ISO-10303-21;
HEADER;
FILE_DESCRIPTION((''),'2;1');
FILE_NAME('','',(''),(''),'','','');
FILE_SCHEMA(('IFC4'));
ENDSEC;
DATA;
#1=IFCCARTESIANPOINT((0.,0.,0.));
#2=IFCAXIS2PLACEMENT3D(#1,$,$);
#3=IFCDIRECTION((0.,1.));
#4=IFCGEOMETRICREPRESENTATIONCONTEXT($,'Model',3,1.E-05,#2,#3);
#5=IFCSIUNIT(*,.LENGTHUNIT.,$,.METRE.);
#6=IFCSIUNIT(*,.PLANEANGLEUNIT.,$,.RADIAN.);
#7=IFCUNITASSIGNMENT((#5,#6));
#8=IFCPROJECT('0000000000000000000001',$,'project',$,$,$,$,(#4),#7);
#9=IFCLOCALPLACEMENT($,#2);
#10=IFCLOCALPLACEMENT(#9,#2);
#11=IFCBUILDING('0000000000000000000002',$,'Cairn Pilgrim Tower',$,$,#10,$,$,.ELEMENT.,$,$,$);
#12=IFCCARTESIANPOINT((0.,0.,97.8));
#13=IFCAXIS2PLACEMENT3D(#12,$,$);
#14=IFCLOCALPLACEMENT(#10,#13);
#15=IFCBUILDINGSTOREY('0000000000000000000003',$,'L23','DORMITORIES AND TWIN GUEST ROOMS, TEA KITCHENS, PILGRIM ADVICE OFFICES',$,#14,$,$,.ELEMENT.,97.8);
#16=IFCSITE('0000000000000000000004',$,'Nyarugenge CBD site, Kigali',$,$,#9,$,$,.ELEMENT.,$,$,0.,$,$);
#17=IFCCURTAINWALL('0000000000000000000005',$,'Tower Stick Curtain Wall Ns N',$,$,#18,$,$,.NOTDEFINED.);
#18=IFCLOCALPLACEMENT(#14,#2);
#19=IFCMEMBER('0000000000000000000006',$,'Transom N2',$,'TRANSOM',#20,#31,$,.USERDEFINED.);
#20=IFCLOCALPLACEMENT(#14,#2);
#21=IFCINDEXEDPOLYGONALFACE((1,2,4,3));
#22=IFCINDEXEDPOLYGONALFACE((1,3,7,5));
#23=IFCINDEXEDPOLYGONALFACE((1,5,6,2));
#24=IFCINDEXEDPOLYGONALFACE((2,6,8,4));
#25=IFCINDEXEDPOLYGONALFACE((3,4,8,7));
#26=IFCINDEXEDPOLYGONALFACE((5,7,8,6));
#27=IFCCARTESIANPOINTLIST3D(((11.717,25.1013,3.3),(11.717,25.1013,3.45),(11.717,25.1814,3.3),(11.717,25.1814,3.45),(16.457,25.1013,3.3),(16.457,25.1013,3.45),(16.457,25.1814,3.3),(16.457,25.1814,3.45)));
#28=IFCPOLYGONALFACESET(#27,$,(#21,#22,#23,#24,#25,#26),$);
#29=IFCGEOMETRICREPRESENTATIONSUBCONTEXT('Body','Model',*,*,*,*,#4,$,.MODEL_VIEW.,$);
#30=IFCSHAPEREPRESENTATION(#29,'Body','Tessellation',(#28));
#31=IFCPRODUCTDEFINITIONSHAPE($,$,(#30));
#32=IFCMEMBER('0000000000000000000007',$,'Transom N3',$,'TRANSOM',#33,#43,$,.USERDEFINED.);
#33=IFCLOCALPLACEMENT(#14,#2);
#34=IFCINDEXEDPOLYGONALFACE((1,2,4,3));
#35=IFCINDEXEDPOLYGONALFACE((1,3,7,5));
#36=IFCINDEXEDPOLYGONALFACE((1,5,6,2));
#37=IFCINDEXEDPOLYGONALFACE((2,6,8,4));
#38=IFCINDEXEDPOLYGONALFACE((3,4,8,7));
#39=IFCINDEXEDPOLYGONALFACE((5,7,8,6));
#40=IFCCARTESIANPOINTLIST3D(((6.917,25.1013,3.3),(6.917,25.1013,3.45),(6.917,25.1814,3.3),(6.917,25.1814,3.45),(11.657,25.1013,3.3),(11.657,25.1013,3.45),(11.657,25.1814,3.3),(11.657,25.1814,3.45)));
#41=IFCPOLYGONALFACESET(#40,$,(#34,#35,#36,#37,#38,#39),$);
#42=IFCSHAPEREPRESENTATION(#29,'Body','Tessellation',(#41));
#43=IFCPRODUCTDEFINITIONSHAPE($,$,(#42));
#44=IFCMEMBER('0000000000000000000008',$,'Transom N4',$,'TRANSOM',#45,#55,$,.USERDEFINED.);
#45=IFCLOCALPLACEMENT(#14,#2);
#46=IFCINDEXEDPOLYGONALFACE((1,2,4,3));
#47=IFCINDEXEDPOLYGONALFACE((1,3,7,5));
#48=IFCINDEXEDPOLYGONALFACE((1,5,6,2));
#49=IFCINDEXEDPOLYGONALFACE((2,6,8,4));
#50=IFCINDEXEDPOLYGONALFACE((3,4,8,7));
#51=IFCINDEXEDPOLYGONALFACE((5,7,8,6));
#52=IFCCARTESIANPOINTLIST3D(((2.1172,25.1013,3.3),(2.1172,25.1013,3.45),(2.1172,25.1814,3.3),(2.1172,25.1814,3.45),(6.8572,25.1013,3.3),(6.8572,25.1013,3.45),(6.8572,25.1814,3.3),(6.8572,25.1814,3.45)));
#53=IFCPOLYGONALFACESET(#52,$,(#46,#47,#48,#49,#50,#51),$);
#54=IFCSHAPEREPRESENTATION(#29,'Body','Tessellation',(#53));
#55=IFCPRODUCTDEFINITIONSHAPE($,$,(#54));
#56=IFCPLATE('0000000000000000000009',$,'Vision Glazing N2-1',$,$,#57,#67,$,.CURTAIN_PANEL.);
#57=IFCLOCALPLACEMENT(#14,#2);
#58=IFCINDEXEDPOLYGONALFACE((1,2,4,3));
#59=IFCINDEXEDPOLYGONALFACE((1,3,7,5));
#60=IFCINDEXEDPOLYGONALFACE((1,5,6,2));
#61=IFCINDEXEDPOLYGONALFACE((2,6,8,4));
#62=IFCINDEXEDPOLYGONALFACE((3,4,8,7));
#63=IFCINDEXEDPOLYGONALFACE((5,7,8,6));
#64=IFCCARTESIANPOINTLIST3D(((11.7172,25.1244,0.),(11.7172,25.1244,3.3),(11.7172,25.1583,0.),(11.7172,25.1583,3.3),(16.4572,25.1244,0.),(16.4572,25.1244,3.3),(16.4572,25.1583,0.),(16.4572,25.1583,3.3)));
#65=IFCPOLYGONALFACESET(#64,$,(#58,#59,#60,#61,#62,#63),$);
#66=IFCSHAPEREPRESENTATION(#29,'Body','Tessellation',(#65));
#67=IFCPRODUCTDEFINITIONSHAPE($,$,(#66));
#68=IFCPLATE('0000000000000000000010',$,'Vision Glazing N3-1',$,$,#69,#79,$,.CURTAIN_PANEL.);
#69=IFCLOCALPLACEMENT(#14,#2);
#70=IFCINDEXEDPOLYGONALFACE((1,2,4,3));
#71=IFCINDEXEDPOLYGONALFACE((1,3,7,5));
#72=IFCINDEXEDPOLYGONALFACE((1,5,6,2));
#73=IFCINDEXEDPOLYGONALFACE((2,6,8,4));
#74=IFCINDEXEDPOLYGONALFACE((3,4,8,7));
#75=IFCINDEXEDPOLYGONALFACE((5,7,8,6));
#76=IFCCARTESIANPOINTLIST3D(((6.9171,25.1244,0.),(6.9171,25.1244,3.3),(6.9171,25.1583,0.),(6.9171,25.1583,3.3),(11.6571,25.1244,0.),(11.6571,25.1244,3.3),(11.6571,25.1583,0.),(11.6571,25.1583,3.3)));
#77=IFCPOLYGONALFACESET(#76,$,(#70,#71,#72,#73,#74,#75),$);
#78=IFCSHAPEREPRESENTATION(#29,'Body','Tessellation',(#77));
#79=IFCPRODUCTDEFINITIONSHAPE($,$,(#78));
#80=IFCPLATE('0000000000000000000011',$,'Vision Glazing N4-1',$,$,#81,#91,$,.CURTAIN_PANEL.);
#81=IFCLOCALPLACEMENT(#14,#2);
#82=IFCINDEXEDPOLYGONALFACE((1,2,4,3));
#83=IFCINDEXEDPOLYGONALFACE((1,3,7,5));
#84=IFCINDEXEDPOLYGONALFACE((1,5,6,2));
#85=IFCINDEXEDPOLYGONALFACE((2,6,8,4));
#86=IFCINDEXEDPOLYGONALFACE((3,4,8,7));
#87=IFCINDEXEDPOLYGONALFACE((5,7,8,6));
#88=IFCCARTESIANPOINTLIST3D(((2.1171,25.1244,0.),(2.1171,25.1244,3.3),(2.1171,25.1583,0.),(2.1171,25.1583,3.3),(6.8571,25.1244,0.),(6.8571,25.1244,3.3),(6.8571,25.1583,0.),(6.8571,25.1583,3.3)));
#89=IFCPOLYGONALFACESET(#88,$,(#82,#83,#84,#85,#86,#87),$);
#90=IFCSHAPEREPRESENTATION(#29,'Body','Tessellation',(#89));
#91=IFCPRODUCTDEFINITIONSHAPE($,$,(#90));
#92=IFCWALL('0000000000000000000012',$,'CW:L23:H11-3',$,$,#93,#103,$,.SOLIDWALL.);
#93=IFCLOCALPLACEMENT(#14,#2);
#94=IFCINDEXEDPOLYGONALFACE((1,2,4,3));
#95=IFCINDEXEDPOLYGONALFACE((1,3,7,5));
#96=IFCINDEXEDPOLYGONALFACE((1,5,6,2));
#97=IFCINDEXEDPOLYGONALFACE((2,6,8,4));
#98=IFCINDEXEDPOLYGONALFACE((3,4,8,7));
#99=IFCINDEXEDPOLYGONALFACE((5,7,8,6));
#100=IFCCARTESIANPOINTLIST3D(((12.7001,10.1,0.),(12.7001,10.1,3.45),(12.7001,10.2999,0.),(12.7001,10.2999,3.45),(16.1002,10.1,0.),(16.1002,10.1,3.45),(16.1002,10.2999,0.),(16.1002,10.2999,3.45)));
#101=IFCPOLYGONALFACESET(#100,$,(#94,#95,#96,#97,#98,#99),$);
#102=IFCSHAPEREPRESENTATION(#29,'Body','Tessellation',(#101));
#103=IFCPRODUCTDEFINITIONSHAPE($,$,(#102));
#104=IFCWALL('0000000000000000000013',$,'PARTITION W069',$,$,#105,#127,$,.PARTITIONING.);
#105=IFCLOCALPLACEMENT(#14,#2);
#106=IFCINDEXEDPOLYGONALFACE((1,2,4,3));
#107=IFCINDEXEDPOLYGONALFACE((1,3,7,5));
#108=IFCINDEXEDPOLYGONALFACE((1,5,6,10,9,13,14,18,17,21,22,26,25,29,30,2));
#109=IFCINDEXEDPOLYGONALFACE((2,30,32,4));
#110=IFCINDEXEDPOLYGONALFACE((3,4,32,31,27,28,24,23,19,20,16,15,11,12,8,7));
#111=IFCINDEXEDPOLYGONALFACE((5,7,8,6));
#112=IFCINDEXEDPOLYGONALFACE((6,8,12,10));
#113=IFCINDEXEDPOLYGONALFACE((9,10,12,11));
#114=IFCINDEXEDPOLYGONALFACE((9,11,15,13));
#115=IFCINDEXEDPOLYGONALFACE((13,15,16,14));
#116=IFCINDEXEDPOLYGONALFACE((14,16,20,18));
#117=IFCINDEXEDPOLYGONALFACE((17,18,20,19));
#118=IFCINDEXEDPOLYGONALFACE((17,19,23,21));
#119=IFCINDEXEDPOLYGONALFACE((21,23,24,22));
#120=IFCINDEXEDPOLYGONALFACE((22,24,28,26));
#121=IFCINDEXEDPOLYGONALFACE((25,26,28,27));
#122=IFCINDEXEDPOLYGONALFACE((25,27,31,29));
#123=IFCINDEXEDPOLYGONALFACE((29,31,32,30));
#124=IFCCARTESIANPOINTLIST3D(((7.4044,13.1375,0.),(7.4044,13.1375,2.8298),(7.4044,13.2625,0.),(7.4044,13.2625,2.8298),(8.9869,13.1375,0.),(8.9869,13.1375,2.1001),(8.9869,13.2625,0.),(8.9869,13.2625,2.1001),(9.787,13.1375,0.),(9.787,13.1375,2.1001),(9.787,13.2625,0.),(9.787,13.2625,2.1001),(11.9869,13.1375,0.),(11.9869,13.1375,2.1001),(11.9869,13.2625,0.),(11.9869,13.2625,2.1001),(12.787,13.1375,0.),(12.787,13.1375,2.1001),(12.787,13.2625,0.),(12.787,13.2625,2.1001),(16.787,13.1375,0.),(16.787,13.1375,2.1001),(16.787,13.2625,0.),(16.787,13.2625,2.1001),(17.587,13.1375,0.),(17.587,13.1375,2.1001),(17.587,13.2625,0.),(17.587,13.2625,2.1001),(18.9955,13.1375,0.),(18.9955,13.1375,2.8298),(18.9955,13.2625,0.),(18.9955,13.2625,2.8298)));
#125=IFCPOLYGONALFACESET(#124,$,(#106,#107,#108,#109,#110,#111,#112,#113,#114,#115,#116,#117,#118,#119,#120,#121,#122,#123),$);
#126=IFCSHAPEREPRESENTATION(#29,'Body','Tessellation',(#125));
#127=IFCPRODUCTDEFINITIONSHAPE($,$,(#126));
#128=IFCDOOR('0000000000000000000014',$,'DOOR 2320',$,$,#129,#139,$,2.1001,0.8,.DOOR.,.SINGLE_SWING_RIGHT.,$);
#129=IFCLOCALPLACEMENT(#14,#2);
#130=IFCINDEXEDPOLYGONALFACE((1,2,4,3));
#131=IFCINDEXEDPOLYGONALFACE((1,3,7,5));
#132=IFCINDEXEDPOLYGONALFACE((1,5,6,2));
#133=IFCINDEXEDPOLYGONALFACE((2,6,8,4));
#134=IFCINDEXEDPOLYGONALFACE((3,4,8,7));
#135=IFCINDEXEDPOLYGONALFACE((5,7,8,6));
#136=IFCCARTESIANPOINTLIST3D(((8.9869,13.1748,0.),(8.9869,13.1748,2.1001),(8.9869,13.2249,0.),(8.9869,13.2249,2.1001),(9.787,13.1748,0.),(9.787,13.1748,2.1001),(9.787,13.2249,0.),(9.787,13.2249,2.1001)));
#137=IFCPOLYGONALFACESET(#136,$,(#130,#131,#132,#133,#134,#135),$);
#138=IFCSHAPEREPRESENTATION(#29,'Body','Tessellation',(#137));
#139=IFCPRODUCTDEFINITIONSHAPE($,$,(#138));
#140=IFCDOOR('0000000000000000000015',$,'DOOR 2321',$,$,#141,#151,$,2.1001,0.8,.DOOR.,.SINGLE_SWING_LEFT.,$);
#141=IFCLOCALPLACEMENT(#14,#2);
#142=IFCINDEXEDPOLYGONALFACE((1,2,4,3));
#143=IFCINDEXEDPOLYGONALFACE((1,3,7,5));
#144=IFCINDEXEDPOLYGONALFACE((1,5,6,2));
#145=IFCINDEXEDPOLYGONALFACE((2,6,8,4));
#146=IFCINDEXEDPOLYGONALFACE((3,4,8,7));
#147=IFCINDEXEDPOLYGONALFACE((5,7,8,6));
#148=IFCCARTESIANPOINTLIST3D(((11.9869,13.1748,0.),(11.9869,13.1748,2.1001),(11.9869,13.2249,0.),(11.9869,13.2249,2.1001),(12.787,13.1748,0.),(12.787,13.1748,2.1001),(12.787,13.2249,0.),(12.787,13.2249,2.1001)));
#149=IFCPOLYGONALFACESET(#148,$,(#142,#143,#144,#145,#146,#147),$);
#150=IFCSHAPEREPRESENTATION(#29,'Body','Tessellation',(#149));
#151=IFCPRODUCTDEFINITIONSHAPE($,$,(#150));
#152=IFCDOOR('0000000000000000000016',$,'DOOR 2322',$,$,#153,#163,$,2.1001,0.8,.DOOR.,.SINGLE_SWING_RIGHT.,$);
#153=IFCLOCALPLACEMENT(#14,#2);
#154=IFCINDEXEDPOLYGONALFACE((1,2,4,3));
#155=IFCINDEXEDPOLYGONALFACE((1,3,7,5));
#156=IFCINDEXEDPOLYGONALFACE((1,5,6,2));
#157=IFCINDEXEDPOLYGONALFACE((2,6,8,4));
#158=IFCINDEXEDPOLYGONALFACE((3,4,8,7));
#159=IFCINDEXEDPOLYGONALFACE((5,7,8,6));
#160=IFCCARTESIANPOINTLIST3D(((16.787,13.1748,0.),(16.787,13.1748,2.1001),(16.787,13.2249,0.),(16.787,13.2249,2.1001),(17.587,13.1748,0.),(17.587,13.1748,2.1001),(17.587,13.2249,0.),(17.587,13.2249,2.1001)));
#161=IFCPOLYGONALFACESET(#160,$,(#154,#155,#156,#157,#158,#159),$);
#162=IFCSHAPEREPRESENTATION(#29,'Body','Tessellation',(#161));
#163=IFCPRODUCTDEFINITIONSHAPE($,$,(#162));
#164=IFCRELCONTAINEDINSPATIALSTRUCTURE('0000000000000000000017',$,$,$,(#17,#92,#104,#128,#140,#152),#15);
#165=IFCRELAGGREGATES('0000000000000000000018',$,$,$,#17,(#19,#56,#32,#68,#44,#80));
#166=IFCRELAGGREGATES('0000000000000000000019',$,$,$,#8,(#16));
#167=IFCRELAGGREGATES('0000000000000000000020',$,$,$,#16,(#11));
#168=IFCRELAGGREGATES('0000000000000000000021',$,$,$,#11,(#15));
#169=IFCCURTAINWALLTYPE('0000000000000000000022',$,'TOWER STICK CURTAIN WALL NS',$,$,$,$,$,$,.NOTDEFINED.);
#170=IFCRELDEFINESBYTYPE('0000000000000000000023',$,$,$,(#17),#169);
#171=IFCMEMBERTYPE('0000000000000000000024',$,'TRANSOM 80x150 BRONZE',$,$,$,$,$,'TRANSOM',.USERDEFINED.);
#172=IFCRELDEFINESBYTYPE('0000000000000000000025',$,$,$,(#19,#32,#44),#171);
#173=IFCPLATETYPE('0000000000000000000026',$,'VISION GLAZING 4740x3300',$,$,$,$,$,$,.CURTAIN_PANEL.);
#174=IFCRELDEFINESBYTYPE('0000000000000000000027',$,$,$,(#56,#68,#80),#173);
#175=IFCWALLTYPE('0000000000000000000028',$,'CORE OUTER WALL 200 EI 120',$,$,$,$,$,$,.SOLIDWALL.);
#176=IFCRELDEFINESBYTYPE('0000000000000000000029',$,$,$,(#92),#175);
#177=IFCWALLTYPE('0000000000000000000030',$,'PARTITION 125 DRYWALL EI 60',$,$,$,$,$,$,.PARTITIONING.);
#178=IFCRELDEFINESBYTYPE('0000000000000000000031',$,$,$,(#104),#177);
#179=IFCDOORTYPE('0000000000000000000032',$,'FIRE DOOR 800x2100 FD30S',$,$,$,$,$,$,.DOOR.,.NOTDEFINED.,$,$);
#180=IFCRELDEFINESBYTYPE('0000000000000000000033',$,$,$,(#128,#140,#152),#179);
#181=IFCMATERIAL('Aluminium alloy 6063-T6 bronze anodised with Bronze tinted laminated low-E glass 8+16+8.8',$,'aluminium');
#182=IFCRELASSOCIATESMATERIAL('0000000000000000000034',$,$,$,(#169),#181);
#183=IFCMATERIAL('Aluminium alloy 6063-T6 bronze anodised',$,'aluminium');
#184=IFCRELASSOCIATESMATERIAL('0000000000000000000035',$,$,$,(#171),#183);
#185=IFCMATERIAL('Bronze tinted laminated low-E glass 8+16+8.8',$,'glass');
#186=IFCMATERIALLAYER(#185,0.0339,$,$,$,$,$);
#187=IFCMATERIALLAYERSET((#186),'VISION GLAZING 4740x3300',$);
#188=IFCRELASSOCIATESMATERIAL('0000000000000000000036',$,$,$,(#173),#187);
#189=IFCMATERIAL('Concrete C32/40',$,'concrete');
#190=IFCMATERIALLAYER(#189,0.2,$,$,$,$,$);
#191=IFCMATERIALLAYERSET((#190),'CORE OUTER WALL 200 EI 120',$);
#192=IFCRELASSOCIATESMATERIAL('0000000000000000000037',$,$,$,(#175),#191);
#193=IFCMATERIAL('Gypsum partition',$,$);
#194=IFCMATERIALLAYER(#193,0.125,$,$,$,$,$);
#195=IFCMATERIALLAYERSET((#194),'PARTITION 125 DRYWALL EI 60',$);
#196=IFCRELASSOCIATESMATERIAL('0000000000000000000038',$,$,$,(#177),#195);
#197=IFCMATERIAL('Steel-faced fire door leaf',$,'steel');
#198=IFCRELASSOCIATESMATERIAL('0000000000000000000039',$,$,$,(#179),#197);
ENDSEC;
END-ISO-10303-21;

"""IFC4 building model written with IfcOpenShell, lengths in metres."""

from ifc_helpers import new_model, si_unit, direction, frame, frame_2d, origin, origin_2d, place, context, subcontext, project, spatial, rectangle, extrude, material, layer, layer_set, material_profile, profile_set, type_object, element, fill, aggregate, save


model = new_model("IFC4")

# Units and contexts
model_context = context("Model", 3, precision=1e-05, world=origin(), true_north=direction((0.0, 1.0)))
body_context = subcontext(model_context, "Body", "Model", "MODEL_VIEW")
ifc_project = project(units=[si_unit("LENGTHUNIT", "METRE"), si_unit("PLANEANGLEUNIT", "RADIAN")], contexts=[model_context])

# Site, building, storey
site_placement = place(None, origin())
site = spatial("IfcSite", under=ifc_project, at=site_placement, Name="Nyarugenge CBD site, Kigali", CompositionType="ELEMENT", RefElevation=0.0)
building_placement = place(site_placement, origin())
building = spatial("IfcBuilding", under=site, at=building_placement, Name="Cairn Pilgrim Tower", CompositionType="ELEMENT")
storey_placement = place(building_placement, frame((0.0, 0.0, 97.8)))
storey = spatial("IfcBuildingStorey", under=building, at=storey_placement, Name="L23", Description="DORMITORIES AND TWIN GUEST ROOMS, TEA KITCHENS, PILGRIM ADVICE OFFICES", CompositionType="ELEMENT", Elevation=97.8)

# Curtain wall
ifc_material_1 = material(Name="Aluminium alloy 6063-T6 bronze anodised with Bronze tinted laminated low-E glass 8+16+8.8", Category="aluminium")
curtain_wall_type = type_object("IfcCurtainWallType", Name="TOWER STICK CURTAIN WALL NS", PredefinedType="NOTDEFINED", material=ifc_material_1)
curtain_wall_placement = place(storey_placement, origin())
curtain_wall = element("IfcCurtainWall", 1, at=curtain_wall_placement, inside=storey, type_object=curtain_wall_type, Name="Tower Stick Curtain Wall Ns N", PredefinedType="NOTDEFINED")
ifc_material_2 = material(Name="Aluminium alloy 6063-T6 bronze anodised", Category="aluminium")

# Members
ifc_material_profile_1 = material_profile(ifc_material_2, rectangle(XDim=0.0801, YDim=0.1499, at=origin_2d()), Name="TRANSOM 80x150 BRONZE")
ifc_profile_set_1 = profile_set([ifc_material_profile_1], Name="Aluminium alloy 6063-T6 bronze anodised")
member_type_1 = type_object("IfcMemberType", Name="TRANSOM 80x150 BRONZE", ElementType="TRANSOM", PredefinedType="USERDEFINED", material=ifc_profile_set_1)
member_1_placement = place(storey_placement, frame((16.457, 25.1414, 3.375), z_axis=(-1.0, 0.0, 0.0), x_axis=(0.0, -1.0, 0.0)))
member_1 = element("IfcMember", 2, at=member_1_placement, type_object=member_type_1, Name="Transom N2", ObjectType="TRANSOM", PredefinedType="USERDEFINED", context=body_context, shape_type="SweptSolid", body=[
    extrude(rectangle(XDim=0.0801, YDim=0.1499, at=origin_2d()), origin(), (0.0, 0.0, 1.0), 4.74),
])
member_2_placement = place(storey_placement, frame((11.657, 25.1414, 3.375), z_axis=(-1.0, 0.0, 0.0), x_axis=(0.0, -1.0, 0.0)))
member_2 = element("IfcMember", 3, at=member_2_placement, type_object=member_type_1, Name="Transom N3", ObjectType="TRANSOM", PredefinedType="USERDEFINED", context=body_context, shape_type="SweptSolid", body=[
    extrude(rectangle(XDim=0.0801, YDim=0.1499, at=origin_2d()), origin(), (0.0, 0.0, 1.0), 4.74),
])
member_3_placement = place(storey_placement, frame((6.8572, 25.1414, 3.375), z_axis=(-1.0, 0.0, 0.0), x_axis=(0.0, -1.0, 0.0)))
member_3 = element("IfcMember", 4, at=member_3_placement, type_object=member_type_1, Name="Transom N4", ObjectType="TRANSOM", PredefinedType="USERDEFINED", context=body_context, shape_type="SweptSolid", body=[
    extrude(rectangle(XDim=0.0801, YDim=0.1499, at=origin_2d()), origin(), (0.0, 0.0, 1.0), 4.74),
])

# Plates
ifc_material_3 = material(Name="Bronze tinted laminated low-E glass 8+16+8.8", Category="glass")
ifc_layer_1 = layer(ifc_material_3, 0.0339)
ifc_layer_set_1 = layer_set([ifc_layer_1], Name="VISION GLAZING 4740x3300")
plate_type = type_object("IfcPlateType", Name="VISION GLAZING 4740x3300", PredefinedType="CURTAIN_PANEL", material=ifc_layer_set_1)
plate_1_placement = place(storey_placement, frame((14.0872, 25.1414, 0.0), z_axis=(0.0, 0.0, 1.0), x_axis=(-1.0, 0.0, 0.0)))
plate_1 = element("IfcPlate", 5, at=plate_1_placement, type_object=plate_type, Name="Vision Glazing N2-1", PredefinedType="CURTAIN_PANEL", context=body_context, shape_type="SweptSolid", body=[
    extrude(rectangle(XDim=4.74, YDim=0.0339, at=origin_2d()), origin(), (0.0, 0.0, 1.0), 3.3),
])
plate_2_placement = place(storey_placement, frame((9.2871, 25.1414, 0.0), z_axis=(0.0, 0.0, 1.0), x_axis=(-1.0, 0.0, 0.0)))
plate_2 = element("IfcPlate", 6, at=plate_2_placement, type_object=plate_type, Name="Vision Glazing N3-1", PredefinedType="CURTAIN_PANEL", context=body_context, shape_type="SweptSolid", body=[
    extrude(rectangle(XDim=4.74, YDim=0.0339, at=origin_2d()), origin(), (0.0, 0.0, 1.0), 3.3),
])
plate_3_placement = place(storey_placement, frame((4.4871, 25.1414, 0.0), z_axis=(0.0, 0.0, 1.0), x_axis=(-1.0, 0.0, 0.0)))
plate_3 = element("IfcPlate", 7, at=plate_3_placement, type_object=plate_type, Name="Vision Glazing N4-1", PredefinedType="CURTAIN_PANEL", context=body_context, shape_type="SweptSolid", body=[
    extrude(rectangle(XDim=4.74, YDim=0.0339, at=origin_2d()), origin(), (0.0, 0.0, 1.0), 3.3),
])
aggregate(curtain_wall, [member_1, plate_1, member_2, plate_2, member_3, plate_3])

# Wall
ifc_material_4 = material(Name="Concrete C32/40", Category="concrete")
ifc_layer_2 = layer(ifc_material_4, 0.2)
ifc_layer_set_2 = layer_set([ifc_layer_2], Name="CORE OUTER WALL 200 EI 120")
wall_type_1 = type_object("IfcWallType", Name="CORE OUTER WALL 200 EI 120", PredefinedType="SOLIDWALL", material=ifc_layer_set_2)
wall_1_placement = place(storey_placement, frame((12.7, 10.2, 0.0), z_axis=(0.0, 0.0, 1.0), x_axis=(1.0, 0.0, 0.0)))
element("IfcWall", 8, at=wall_1_placement, inside=storey, type_object=wall_type_1, Name="CW:L23:H11-3", PredefinedType="SOLIDWALL", context=body_context, shape_type="SweptSolid", body=[
    extrude(rectangle(XDim=3.4001, YDim=0.2, at=frame_2d((1.7002, 0.0))), origin(), (0.0, 0.0, 1.0), 3.45),
])

# Wall, openings, doors
ifc_material_5 = material(Name="Gypsum partition")
ifc_layer_3 = layer(ifc_material_5, 0.125)
ifc_layer_set_3 = layer_set([ifc_layer_3], Name="PARTITION 125 DRYWALL EI 60")
wall_type_2 = type_object("IfcWallType", Name="PARTITION 125 DRYWALL EI 60", PredefinedType="PARTITIONING", material=ifc_layer_set_3)
wall_2_placement = place(storey_placement, frame((7.4045, 13.2, 0.0), z_axis=(0.0, 0.0, 1.0), x_axis=(1.0, 0.0, 0.0)))
wall_2 = element("IfcWall", 9, at=wall_2_placement, inside=storey, type_object=wall_type_2, Name="PARTITION W069", PredefinedType="PARTITIONING", context=body_context, shape_type="SweptSolid", body=[
    extrude(rectangle(XDim=11.5911, YDim=0.125, at=frame_2d((5.7954, 0.0))), origin(), (0.0, 0.0, 1.0), 2.8298),
])
opening_1_placement = place(wall_2_placement, frame((1.5825, 0.0, 0.0)))
opening_1 = element("IfcOpeningElement", 10, at=opening_1_placement, cuts=wall_2, PredefinedType="OPENING", context=body_context, shape_type="SweptSolid", body=[
    extrude(rectangle(XDim=0.8, YDim=2.1001, at=frame_2d((0.3999, 1.05))), frame((0.0, 0.0725, 0.0), z_axis=(0.0, -1.0, 0.0), x_axis=(1.0, 0.0, 0.0)), (0.0, 0.0, 1.0), 0.145),
])
opening_2_placement = place(wall_2_placement, frame((4.5825, 0.0, 0.0)))
opening_2 = element("IfcOpeningElement", 11, at=opening_2_placement, cuts=wall_2, PredefinedType="OPENING", context=body_context, shape_type="SweptSolid", body=[
    extrude(rectangle(XDim=0.8, YDim=2.1001, at=frame_2d((0.3999, 1.05))), frame((0.0, 0.0725, 0.0), z_axis=(0.0, -1.0, 0.0), x_axis=(1.0, 0.0, 0.0)), (0.0, 0.0, 1.0), 0.145),
])
opening_3_placement = place(wall_2_placement, frame((9.3826, 0.0, 0.0)))
opening_3 = element("IfcOpeningElement", 12, at=opening_3_placement, cuts=wall_2, PredefinedType="OPENING", context=body_context, shape_type="SweptSolid", body=[
    extrude(rectangle(XDim=0.8, YDim=2.1001, at=frame_2d((0.3999, 1.05))), frame((0.0, 0.0725, 0.0), z_axis=(0.0, -1.0, 0.0), x_axis=(1.0, 0.0, 0.0)), (0.0, 0.0, 1.0), 0.145),
])
ifc_material_6 = material(Name="Steel-faced fire door leaf", Category="steel")
door_type = type_object("IfcDoorType", Name="FIRE DOOR 800x2100 FD30S", OperationType="NOTDEFINED", PredefinedType="DOOR", material=ifc_material_6)
door_1_placement = place(opening_1_placement, origin())
door_1 = element("IfcDoor", 13, at=door_1_placement, inside=storey, type_object=door_type, Name="DOOR 2320", OperationType="SINGLE_SWING_RIGHT", OverallHeight=2.1001, OverallWidth=0.8, PredefinedType="DOOR", context=body_context, shape_type="SweptSolid", body=[
    extrude(rectangle(XDim=0.8, YDim=2.1001, at=frame_2d((0.3999, 1.05))), frame((0.0, 0.0249, 0.0), z_axis=(0.0, -1.0, 0.0), x_axis=(1.0, 0.0, 0.0)), (0.0, 0.0, 1.0), 0.05),
])
fill(opening_1, door_1)
door_2_placement = place(opening_2_placement, origin())
door_2 = element("IfcDoor", 14, at=door_2_placement, inside=storey, type_object=door_type, Name="DOOR 2321", OperationType="SINGLE_SWING_LEFT", OverallHeight=2.1001, OverallWidth=0.8, PredefinedType="DOOR", context=body_context, shape_type="SweptSolid", body=[
    extrude(rectangle(XDim=0.8, YDim=2.1001, at=frame_2d((0.3999, 1.05))), frame((0.0, 0.0249, 0.0), z_axis=(0.0, -1.0, 0.0), x_axis=(1.0, 0.0, 0.0)), (0.0, 0.0, 1.0), 0.05),
])
fill(opening_2, door_2)
door_3_placement = place(opening_3_placement, origin())
door_3 = element("IfcDoor", 15, at=door_3_placement, inside=storey, type_object=door_type, Name="DOOR 2322", OperationType="SINGLE_SWING_RIGHT", OverallHeight=2.1001, OverallWidth=0.8, PredefinedType="DOOR", context=body_context, shape_type="SweptSolid", body=[
    extrude(rectangle(XDim=0.8, YDim=2.1001, at=frame_2d((0.3999, 1.05))), frame((0.0, 0.0249, 0.0), z_axis=(0.0, -1.0, 0.0), x_axis=(1.0, 0.0, 0.0)), (0.0, 0.0, 1.0), 0.05),
])
fill(opening_3, door_3)

save(model, "model.ifc")
